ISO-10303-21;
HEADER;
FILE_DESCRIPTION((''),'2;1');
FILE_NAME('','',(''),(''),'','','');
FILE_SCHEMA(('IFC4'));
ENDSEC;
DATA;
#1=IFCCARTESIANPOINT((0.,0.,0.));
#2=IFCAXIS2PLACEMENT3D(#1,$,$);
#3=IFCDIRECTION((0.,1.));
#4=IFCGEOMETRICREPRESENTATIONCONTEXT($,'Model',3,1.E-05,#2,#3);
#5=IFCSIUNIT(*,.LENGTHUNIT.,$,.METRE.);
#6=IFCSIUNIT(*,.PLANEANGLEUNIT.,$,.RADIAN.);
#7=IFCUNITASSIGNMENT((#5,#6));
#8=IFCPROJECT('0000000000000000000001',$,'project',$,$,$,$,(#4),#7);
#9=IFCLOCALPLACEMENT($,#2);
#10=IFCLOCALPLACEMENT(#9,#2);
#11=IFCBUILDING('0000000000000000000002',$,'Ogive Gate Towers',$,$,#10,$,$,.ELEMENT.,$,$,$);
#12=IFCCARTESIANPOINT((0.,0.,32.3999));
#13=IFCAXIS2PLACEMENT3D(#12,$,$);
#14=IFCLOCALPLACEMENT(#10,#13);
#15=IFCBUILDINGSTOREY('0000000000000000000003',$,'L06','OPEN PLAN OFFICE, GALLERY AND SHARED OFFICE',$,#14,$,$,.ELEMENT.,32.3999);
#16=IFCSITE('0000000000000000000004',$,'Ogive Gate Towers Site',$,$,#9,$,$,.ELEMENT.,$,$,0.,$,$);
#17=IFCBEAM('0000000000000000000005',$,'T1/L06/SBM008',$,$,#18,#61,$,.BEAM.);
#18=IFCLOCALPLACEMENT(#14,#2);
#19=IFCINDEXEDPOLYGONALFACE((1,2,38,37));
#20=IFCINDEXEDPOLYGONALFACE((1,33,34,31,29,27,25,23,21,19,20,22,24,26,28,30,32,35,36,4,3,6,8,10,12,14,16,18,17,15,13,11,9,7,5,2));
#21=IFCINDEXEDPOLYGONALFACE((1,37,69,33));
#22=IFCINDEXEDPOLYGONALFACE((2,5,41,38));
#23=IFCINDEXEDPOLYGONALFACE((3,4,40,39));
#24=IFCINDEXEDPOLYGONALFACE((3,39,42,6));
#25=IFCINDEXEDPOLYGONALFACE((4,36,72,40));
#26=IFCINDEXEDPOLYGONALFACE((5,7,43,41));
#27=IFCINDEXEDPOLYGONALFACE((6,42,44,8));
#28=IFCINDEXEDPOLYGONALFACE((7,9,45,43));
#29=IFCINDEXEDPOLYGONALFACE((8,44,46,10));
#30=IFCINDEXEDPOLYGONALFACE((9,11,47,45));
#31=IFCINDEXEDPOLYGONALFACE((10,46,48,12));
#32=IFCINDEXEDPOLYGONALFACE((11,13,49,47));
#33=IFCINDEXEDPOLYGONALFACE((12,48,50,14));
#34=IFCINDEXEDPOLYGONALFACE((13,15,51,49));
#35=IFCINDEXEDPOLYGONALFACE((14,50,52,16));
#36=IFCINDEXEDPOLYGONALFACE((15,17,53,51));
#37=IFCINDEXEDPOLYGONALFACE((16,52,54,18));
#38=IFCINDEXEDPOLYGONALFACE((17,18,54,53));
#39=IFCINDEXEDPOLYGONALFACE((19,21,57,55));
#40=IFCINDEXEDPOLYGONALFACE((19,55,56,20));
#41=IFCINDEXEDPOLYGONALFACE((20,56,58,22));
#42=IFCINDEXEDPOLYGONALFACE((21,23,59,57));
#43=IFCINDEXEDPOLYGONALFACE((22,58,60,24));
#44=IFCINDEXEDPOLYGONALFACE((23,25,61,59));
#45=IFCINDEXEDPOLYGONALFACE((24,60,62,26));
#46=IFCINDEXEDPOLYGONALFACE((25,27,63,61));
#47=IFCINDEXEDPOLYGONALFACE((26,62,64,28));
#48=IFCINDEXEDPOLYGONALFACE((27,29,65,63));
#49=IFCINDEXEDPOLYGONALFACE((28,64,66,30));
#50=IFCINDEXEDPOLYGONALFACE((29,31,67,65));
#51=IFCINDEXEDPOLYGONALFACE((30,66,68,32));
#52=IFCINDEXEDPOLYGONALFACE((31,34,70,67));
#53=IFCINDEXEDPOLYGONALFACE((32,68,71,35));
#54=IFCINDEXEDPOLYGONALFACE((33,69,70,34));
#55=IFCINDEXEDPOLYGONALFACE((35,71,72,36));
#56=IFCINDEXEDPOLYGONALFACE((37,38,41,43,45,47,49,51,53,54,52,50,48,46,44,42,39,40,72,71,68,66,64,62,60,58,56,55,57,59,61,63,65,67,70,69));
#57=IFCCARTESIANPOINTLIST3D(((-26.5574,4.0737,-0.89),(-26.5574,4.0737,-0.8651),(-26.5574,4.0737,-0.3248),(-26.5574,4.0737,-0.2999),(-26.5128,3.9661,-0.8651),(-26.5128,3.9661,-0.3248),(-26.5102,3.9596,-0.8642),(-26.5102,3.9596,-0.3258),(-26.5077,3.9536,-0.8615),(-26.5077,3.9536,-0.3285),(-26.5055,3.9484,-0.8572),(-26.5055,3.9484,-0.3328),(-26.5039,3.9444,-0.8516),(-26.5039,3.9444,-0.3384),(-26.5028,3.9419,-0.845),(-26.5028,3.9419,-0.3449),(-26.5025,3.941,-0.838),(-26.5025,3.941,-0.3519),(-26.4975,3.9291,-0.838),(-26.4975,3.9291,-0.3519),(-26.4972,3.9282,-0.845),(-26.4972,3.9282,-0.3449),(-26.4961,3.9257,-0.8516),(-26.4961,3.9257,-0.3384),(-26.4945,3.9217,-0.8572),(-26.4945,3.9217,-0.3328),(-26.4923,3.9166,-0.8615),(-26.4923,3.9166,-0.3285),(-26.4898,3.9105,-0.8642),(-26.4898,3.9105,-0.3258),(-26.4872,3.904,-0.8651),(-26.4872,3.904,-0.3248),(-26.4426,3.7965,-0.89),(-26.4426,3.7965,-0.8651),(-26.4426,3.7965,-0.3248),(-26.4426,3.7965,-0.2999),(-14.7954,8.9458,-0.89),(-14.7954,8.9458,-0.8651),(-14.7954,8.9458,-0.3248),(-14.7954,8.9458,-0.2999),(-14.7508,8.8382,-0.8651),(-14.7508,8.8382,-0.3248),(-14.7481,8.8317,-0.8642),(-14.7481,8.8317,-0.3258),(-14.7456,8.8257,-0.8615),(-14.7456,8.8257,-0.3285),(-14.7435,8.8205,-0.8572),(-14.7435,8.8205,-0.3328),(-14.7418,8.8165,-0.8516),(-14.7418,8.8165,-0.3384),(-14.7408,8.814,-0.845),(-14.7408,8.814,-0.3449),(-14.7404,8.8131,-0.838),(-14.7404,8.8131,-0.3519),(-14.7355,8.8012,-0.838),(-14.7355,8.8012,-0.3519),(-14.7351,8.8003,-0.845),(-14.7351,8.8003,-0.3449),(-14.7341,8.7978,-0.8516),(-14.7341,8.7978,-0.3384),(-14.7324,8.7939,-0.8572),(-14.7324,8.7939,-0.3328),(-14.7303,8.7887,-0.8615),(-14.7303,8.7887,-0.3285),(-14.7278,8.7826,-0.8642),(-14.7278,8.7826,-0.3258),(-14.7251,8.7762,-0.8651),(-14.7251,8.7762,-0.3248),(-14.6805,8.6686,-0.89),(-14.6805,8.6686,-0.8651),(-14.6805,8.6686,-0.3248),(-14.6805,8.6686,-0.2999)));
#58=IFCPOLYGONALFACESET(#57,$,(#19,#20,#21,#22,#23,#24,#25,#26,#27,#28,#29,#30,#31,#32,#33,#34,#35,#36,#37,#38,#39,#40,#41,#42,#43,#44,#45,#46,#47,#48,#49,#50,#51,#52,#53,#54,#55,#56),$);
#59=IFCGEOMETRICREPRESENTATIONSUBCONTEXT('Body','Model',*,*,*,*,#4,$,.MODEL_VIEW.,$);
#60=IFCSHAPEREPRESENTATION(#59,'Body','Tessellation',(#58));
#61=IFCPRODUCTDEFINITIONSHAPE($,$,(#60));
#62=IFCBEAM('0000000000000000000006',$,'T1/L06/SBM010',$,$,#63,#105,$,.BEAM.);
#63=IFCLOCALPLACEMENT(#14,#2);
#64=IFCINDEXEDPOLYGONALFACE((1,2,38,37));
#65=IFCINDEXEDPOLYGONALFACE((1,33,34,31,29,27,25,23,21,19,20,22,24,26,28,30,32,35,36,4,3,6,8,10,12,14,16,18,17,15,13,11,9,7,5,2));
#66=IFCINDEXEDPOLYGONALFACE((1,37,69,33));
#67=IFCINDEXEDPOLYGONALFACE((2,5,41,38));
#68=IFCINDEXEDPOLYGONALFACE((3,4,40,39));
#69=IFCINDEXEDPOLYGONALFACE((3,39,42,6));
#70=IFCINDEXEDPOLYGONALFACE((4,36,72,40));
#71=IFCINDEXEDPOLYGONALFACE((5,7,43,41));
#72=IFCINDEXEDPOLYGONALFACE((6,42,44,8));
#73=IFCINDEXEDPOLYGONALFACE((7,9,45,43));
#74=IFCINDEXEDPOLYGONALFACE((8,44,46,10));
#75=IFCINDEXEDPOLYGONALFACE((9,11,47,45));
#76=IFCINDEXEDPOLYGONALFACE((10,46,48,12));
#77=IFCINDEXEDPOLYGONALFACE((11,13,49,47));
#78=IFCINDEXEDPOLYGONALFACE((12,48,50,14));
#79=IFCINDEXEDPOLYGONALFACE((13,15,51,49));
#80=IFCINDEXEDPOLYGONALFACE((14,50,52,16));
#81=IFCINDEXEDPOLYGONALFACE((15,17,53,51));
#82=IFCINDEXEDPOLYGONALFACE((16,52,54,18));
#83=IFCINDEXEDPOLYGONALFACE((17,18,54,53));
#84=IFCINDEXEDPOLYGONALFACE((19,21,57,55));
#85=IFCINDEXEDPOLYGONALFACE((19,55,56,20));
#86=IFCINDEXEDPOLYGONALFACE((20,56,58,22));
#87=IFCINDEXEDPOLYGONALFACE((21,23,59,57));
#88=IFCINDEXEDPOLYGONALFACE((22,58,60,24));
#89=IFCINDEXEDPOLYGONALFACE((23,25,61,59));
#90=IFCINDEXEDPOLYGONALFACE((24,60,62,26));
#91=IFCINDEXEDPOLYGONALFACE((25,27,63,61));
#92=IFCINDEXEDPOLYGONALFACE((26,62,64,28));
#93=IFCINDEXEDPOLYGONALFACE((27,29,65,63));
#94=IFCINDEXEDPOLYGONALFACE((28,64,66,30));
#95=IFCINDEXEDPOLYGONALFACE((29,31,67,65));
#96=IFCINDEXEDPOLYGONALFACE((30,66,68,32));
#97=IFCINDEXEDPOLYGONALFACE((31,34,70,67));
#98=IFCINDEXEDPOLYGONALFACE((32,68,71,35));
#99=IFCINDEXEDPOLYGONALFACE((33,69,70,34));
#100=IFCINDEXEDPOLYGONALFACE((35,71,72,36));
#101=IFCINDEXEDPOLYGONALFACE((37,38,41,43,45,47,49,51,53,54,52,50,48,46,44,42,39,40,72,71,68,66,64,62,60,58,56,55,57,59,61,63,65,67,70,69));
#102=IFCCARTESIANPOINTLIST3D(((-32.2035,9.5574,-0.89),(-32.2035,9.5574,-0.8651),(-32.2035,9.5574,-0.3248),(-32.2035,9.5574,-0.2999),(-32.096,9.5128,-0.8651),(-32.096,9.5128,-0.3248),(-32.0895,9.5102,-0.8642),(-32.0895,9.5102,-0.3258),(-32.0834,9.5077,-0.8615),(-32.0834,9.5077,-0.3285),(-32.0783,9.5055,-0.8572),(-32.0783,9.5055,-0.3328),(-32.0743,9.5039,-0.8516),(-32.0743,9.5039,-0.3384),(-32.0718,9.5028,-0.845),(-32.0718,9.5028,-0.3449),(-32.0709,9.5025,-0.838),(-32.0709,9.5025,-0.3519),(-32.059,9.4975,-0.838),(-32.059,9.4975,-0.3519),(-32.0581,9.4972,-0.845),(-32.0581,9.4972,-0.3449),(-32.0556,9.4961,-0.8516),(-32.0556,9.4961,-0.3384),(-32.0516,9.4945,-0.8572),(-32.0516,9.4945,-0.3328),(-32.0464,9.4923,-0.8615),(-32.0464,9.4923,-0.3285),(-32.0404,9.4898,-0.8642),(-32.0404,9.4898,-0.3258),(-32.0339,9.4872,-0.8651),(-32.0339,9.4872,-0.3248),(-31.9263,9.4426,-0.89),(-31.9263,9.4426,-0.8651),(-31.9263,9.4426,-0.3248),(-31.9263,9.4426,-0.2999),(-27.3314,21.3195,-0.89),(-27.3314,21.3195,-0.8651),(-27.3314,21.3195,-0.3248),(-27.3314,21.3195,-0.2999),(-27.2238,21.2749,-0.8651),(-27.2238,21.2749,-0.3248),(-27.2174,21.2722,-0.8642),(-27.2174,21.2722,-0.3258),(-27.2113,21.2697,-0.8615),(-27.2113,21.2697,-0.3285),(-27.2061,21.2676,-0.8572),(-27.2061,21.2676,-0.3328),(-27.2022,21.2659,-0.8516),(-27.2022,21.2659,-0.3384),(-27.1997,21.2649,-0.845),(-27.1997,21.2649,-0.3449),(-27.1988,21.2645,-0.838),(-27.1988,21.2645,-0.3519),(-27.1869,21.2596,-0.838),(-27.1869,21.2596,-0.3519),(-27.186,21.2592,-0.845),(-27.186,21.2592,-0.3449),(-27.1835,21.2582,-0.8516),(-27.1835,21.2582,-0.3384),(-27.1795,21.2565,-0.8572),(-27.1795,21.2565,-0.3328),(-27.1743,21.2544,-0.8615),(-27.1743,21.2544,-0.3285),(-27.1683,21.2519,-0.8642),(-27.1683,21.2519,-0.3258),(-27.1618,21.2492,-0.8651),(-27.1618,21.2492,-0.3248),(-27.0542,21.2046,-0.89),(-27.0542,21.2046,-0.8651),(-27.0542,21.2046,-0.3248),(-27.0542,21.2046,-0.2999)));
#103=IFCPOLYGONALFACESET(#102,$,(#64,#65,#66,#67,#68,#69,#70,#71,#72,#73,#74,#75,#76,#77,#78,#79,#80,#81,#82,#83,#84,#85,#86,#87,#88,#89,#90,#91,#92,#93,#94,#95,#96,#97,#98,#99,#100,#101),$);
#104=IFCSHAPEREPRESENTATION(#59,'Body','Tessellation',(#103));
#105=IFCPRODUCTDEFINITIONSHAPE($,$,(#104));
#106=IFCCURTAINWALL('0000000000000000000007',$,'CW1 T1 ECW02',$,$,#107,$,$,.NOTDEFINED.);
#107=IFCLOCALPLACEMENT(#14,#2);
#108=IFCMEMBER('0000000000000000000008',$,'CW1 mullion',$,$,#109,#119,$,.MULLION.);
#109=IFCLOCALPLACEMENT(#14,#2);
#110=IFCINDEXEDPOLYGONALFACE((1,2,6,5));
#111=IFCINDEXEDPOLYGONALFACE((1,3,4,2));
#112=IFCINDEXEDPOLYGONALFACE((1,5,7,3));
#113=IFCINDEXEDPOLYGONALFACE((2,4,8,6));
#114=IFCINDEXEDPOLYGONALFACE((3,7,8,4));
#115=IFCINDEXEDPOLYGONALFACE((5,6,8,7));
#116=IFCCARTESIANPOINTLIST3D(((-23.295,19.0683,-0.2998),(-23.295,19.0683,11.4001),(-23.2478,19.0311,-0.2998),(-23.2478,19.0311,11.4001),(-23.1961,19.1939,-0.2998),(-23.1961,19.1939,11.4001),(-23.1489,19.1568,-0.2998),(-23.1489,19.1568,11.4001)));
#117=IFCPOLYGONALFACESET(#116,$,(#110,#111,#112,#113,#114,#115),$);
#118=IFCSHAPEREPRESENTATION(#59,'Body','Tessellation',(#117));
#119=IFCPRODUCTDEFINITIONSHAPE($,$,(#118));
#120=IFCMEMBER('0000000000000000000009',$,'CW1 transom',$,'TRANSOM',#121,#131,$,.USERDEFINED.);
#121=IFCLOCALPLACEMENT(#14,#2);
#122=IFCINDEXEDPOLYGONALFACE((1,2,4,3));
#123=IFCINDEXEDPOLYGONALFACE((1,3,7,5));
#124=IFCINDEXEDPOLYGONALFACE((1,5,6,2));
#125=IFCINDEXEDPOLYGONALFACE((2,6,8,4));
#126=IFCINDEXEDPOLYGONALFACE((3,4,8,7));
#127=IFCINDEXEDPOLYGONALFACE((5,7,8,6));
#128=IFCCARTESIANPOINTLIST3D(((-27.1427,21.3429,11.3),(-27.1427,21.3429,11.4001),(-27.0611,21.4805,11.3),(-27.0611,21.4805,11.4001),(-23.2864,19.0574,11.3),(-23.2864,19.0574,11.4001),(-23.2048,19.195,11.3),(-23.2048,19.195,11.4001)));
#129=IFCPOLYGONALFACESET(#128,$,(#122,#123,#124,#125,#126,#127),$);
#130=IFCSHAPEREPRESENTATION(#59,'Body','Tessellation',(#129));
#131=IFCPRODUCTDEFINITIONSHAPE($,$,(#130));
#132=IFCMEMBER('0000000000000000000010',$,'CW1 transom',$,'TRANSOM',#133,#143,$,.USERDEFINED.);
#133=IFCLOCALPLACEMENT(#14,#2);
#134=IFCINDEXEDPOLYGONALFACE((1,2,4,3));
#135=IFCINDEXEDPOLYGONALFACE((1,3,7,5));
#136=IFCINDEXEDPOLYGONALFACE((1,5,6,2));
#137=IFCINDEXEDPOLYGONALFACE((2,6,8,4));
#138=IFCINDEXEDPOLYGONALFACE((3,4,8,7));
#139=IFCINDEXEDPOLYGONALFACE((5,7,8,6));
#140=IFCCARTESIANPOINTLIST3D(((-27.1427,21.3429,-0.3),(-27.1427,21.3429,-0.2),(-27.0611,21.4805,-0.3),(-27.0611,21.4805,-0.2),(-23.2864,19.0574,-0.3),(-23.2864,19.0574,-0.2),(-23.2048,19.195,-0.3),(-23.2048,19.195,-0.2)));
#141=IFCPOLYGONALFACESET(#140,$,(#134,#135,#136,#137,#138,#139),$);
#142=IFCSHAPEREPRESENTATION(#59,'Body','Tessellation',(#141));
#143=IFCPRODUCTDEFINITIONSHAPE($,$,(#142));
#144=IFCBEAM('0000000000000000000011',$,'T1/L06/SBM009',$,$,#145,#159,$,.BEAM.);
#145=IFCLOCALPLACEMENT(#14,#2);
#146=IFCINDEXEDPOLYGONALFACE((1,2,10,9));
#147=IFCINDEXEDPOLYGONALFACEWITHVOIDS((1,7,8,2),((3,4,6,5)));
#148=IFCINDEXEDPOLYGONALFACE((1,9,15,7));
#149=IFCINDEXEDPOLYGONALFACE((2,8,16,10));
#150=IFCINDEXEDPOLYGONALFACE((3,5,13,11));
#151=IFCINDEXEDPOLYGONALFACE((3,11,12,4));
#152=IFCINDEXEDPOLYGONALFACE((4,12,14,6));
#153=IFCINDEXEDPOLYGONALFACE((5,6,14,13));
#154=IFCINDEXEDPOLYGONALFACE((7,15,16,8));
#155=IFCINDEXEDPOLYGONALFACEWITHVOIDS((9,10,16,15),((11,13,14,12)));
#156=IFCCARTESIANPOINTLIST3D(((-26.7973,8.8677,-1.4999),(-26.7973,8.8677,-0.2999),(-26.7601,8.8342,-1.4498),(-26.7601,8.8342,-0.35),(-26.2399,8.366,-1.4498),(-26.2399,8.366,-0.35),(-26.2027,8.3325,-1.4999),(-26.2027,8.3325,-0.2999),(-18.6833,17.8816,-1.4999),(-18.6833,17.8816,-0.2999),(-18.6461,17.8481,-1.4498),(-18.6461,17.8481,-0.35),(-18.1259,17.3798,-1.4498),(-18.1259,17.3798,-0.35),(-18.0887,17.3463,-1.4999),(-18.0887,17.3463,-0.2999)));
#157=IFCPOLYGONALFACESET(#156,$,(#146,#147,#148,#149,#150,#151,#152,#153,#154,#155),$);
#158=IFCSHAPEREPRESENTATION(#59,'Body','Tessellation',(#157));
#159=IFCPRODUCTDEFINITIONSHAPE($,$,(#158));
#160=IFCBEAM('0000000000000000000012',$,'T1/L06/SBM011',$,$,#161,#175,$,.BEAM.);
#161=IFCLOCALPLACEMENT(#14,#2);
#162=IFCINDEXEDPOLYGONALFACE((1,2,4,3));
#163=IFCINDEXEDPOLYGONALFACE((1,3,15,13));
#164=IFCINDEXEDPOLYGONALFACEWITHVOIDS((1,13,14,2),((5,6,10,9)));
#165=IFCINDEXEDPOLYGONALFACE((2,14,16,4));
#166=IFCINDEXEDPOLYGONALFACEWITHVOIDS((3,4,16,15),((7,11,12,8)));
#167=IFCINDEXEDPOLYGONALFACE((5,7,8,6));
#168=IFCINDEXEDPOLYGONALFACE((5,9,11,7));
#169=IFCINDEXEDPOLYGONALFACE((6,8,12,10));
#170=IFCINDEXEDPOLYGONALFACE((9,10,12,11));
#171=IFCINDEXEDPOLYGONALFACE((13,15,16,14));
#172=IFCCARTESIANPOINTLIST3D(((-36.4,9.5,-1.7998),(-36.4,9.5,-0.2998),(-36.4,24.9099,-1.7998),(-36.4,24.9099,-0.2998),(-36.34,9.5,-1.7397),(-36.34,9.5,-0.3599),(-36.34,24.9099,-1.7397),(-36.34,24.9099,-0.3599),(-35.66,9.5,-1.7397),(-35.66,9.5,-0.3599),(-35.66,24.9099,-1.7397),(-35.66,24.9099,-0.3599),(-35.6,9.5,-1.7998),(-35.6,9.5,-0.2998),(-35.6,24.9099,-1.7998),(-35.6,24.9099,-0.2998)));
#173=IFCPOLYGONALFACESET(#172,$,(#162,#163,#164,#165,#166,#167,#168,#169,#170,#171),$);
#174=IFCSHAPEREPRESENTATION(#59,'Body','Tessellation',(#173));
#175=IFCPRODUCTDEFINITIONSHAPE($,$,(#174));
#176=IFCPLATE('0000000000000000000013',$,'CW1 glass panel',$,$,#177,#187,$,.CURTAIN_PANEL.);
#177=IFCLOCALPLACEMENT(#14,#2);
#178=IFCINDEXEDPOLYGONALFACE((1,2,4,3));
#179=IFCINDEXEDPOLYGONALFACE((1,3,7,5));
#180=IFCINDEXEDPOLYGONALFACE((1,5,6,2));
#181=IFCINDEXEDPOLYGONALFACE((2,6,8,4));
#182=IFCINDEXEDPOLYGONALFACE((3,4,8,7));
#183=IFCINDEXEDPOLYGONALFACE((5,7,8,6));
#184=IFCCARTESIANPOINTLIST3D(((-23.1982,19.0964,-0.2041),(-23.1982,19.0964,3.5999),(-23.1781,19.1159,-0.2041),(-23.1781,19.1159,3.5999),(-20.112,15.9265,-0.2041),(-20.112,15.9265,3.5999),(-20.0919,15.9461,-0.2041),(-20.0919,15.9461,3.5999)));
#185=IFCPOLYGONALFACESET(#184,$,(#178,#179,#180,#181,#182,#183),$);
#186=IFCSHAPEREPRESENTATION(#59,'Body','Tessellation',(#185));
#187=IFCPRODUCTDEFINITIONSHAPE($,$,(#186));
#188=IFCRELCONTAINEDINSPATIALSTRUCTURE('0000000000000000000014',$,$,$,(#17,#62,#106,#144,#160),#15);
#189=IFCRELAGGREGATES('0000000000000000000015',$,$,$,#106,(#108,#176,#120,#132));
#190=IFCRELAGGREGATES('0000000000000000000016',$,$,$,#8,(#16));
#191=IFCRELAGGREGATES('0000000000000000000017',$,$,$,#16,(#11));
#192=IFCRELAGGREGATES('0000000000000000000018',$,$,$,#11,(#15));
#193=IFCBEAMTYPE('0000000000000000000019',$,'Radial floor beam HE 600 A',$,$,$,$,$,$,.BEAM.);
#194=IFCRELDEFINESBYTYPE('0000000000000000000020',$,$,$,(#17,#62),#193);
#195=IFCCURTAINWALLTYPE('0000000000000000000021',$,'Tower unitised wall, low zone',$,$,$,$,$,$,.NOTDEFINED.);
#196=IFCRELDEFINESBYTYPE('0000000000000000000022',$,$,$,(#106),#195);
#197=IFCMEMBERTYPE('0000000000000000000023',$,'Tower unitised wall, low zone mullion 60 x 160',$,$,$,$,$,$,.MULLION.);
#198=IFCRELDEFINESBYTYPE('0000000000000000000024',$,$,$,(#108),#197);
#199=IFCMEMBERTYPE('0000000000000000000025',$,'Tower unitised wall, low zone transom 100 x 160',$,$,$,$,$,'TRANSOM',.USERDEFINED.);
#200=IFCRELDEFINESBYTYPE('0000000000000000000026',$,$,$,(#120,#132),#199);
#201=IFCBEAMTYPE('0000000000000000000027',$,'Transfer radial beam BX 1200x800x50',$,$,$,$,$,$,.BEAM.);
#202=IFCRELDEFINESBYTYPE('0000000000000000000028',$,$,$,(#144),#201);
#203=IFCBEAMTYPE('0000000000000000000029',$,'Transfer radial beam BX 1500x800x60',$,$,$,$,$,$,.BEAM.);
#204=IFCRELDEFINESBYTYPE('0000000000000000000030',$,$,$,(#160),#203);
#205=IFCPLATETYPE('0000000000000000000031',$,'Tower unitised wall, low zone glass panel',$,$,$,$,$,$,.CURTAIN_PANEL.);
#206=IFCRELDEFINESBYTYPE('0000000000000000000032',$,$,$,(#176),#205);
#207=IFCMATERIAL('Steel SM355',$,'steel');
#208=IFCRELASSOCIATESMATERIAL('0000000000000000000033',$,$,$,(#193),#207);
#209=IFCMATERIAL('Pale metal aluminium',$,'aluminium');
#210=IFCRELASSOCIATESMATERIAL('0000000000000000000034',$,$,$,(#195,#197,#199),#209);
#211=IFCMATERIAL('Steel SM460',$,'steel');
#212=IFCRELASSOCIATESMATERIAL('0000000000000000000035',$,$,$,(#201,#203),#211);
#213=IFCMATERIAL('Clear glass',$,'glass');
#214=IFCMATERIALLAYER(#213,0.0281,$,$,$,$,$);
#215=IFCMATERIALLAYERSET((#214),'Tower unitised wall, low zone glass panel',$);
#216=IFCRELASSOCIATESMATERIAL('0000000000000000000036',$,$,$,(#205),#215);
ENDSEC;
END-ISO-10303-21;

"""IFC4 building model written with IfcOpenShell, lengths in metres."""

from ifc_helpers import new_model, si_unit, direction, frame, origin, origin_2d, place, context, subcontext, project, spatial, rectangle, hollow_rectangle, i_section, extrude, material, layer, layer_set, material_profile, profile_set, type_object, element, aggregate, save


model = new_model("IFC4")

# Units and contexts
model_context = context("Model", 3, precision=1e-05, world=origin(), true_north=direction((0.0, 1.0)))
body_context = subcontext(model_context, "Body", "Model", "MODEL_VIEW")
ifc_project = project(units=[si_unit("LENGTHUNIT", "METRE"), si_unit("PLANEANGLEUNIT", "RADIAN")], contexts=[model_context])

# Site, building, storey
site_placement = place(None, origin())
site = spatial("IfcSite", under=ifc_project, at=site_placement, Name="Ogive Gate Towers Site", CompositionType="ELEMENT", RefElevation=0.0)
building_placement = place(site_placement, origin())
building = spatial("IfcBuilding", under=site, at=building_placement, Name="Ogive Gate Towers", CompositionType="ELEMENT")
storey_placement = place(building_placement, frame((0.0, 0.0, 32.3999)))
storey = spatial("IfcBuildingStorey", under=building, at=storey_placement, Name="L06", Description="OPEN PLAN OFFICE, GALLERY AND SHARED OFFICE", CompositionType="ELEMENT", Elevation=32.3999)

# Beams
ifc_material_1 = material(Name="Steel SM355", Category="steel")
ifc_material_profile_1 = material_profile(ifc_material_1, i_section(OverallWidth=0.3, OverallDepth=0.5901, WebThickness=0.0129, FlangeThickness=0.0249, FilletRadius=0.0271, at=origin_2d()), Name="HE 600 A")
ifc_profile_set_1 = profile_set([ifc_material_profile_1], Name="Steel SM355")
beam_type_1 = type_object("IfcBeamType", Name="Radial floor beam HE 600 A", PredefinedType="BEAM", material=ifc_profile_set_1)
for number, where, z_axis, x_axis, name in (
    (1, (-26.5, 3.9351, -0.595), (0.923877, 0.382691, 0.0), (-0.382691, 0.923877, 0.0), "T1/L06/SBM008"),
    (2, (-32.0649, 9.5, -0.595), (0.382691, 0.923877, 0.0), (-0.923877, 0.382691, 0.0), "T1/L06/SBM010"),
):
    element("IfcBeam", number, at=place(storey_placement, frame(where, z_axis=z_axis, x_axis=x_axis)), inside=storey, type_object=beam_type_1, Name=name, PredefinedType="BEAM", context=body_context, shape_type="SweptSolid", body=[
        extrude(i_section(OverallWidth=0.3, OverallDepth=0.5901, WebThickness=0.0129, FlangeThickness=0.0249, FilletRadius=0.0271, at=origin_2d()), origin(), (0.0, 0.0, 1.0), 12.7312),
    ])

# Curtain wall, members
ifc_material_2 = material(Name="Pale metal aluminium", Category="aluminium")
curtain_wall_type = type_object("IfcCurtainWallType", Name="Tower unitised wall, low zone", PredefinedType="NOTDEFINED", material=ifc_material_2)
curtain_wall_placement = place(storey_placement, origin())
curtain_wall = element("IfcCurtainWall", 3, at=curtain_wall_placement, inside=storey, type_object=curtain_wall_type, Name="CW1 T1 ECW02", PredefinedType="NOTDEFINED")
ifc_material_profile_2 = material_profile(ifc_material_2, rectangle(XDim=0.1599, YDim=0.0601, at=origin_2d()), Name="60 x 160 aluminium box")
ifc_profile_set_2 = profile_set([ifc_material_profile_2], Name="Pale metal aluminium")
member_type_1 = type_object("IfcMemberType", Name="Tower unitised wall, low zone mullion 60 x 160", PredefinedType="MULLION", material=ifc_profile_set_2)
member_1_placement = place(storey_placement, frame((-23.2219, 19.1125, -0.2998), z_axis=(0.0, 0.0, 1.0), x_axis=(0.618532, 0.78576, 0.0)))
member_1 = element("IfcMember", 4, at=member_1_placement, type_object=member_type_1, Name="CW1 mullion", PredefinedType="MULLION", context=body_context, shape_type="SweptSolid", body=[
    extrude(rectangle(XDim=0.1599, YDim=0.0601, at=origin_2d()), origin(), (0.0, 0.0, 1.0), 11.7),
])
ifc_material_profile_3 = material_profile(ifc_material_2, rectangle(XDim=0.1599, YDim=0.1001, at=origin_2d()), Name="100 x 160 aluminium box")
ifc_profile_set_3 = profile_set([ifc_material_profile_3], Name="Pale metal aluminium")
member_type_2 = type_object("IfcMemberType", Name="Tower unitised wall, low zone transom 100 x 160", ElementType="TRANSOM", PredefinedType="USERDEFINED", material=ifc_profile_set_3)
member_2_placement = place(storey_placement, frame((-23.2456, 19.1262, 11.3501), z_axis=(-0.860268, 0.509843, 0.0), x_axis=(-0.509843, -0.860268, 0.0)))
member_2 = element("IfcMember", 5, at=member_2_placement, type_object=member_type_2, Name="CW1 transom", ObjectType="TRANSOM", PredefinedType="USERDEFINED", context=body_context, shape_type="SweptSolid", body=[
    extrude(rectangle(XDim=0.1599, YDim=0.1001, at=origin_2d()), origin(), (0.0, 0.0, 1.0), 4.4827),
])
member_3_placement = place(storey_placement, frame((-23.2456, 19.1262, -0.25), z_axis=(-0.860268, 0.509843, 0.0), x_axis=(-0.509843, -0.860268, 0.0)))
member_3 = element("IfcMember", 6, at=member_3_placement, type_object=member_type_2, Name="CW1 transom", ObjectType="TRANSOM", PredefinedType="USERDEFINED", context=body_context, shape_type="SweptSolid", body=[
    extrude(rectangle(XDim=0.1599, YDim=0.1001, at=origin_2d()), origin(), (0.0, 0.0, 1.0), 4.4827),
])

# Beams
ifc_material_3 = material(Name="Steel SM460", Category="steel")
ifc_material_profile_4 = material_profile(ifc_material_3, hollow_rectangle(XDim=0.8, YDim=1.2, WallThickness=0.05, at=origin_2d()), Name="BX 1200x800x50")
ifc_profile_set_4 = profile_set([ifc_material_profile_4], Name="Steel SM460")
beam_type_2 = type_object("IfcBeamType", Name="Transfer radial beam BX 1200x800x50", PredefinedType="BEAM", material=ifc_profile_set_4)
beam_1_placement = place(storey_placement, frame((-26.5, 8.6001, -0.8999), z_axis=(0.669033, 0.743233, 0.0), x_axis=(-0.743233, 0.669033, 0.0)))
element("IfcBeam", 7, at=beam_1_placement, inside=storey, type_object=beam_type_2, Name="T1/L06/SBM009", PredefinedType="BEAM", context=body_context, shape_type="SweptSolid", body=[
    extrude(hollow_rectangle(XDim=0.8, YDim=1.2, WallThickness=0.05, at=origin_2d()), origin(), (0.0, 0.0, 1.0), 12.1279),
])
ifc_material_profile_5 = material_profile(ifc_material_3, hollow_rectangle(XDim=0.8, YDim=1.5, WallThickness=0.0601, at=origin_2d()), Name="BX 1500x800x60")
ifc_profile_set_5 = profile_set([ifc_material_profile_5], Name="Steel SM460")
beam_type_3 = type_object("IfcBeamType", Name="Transfer radial beam BX 1500x800x60", PredefinedType="BEAM", material=ifc_profile_set_5)
beam_2_placement = place(storey_placement, frame((-36.0, 9.5, -1.0498), z_axis=(0.0, 1.0, 0.0), x_axis=(-1.0, 0.0, 0.0)))
element("IfcBeam", 8, at=beam_2_placement, inside=storey, type_object=beam_type_3, Name="T1/L06/SBM011", PredefinedType="BEAM", context=body_context, shape_type="SweptSolid", body=[
    extrude(hollow_rectangle(XDim=0.8, YDim=1.5, WallThickness=0.0601, at=origin_2d()), origin(), (0.0, 0.0, 1.0), 15.4099),
])

# Plate
ifc_material_4 = material(Name="Clear glass", Category="glass")
ifc_layer_1 = layer(ifc_material_4, 0.0281)
ifc_layer_set_1 = layer_set([ifc_layer_1], Name="Tower unitised wall, low zone glass panel")
plate_type = type_object("IfcPlateType", Name="Tower unitised wall, low zone glass panel", PredefinedType="CURTAIN_PANEL", material=ifc_layer_set_1)
plate_1_placement = place(storey_placement, frame((-21.645, 17.5212, -0.2041), z_axis=(0.0, 0.0, 1.0), x_axis=(-0.69759, 0.716497, 0.0)))
plate_1 = element("IfcPlate", 9, at=plate_1_placement, type_object=plate_type, Name="CW1 glass panel", PredefinedType="CURTAIN_PANEL", context=body_context, shape_type="SweptSolid", body=[
    extrude(rectangle(XDim=4.4241, YDim=0.0281, at=origin_2d()), origin(), (0.0, 0.0, 1.0), 3.804),
])
aggregate(curtain_wall, [member_1, plate_1, member_2, member_3])

save(model, "model.ifc")
